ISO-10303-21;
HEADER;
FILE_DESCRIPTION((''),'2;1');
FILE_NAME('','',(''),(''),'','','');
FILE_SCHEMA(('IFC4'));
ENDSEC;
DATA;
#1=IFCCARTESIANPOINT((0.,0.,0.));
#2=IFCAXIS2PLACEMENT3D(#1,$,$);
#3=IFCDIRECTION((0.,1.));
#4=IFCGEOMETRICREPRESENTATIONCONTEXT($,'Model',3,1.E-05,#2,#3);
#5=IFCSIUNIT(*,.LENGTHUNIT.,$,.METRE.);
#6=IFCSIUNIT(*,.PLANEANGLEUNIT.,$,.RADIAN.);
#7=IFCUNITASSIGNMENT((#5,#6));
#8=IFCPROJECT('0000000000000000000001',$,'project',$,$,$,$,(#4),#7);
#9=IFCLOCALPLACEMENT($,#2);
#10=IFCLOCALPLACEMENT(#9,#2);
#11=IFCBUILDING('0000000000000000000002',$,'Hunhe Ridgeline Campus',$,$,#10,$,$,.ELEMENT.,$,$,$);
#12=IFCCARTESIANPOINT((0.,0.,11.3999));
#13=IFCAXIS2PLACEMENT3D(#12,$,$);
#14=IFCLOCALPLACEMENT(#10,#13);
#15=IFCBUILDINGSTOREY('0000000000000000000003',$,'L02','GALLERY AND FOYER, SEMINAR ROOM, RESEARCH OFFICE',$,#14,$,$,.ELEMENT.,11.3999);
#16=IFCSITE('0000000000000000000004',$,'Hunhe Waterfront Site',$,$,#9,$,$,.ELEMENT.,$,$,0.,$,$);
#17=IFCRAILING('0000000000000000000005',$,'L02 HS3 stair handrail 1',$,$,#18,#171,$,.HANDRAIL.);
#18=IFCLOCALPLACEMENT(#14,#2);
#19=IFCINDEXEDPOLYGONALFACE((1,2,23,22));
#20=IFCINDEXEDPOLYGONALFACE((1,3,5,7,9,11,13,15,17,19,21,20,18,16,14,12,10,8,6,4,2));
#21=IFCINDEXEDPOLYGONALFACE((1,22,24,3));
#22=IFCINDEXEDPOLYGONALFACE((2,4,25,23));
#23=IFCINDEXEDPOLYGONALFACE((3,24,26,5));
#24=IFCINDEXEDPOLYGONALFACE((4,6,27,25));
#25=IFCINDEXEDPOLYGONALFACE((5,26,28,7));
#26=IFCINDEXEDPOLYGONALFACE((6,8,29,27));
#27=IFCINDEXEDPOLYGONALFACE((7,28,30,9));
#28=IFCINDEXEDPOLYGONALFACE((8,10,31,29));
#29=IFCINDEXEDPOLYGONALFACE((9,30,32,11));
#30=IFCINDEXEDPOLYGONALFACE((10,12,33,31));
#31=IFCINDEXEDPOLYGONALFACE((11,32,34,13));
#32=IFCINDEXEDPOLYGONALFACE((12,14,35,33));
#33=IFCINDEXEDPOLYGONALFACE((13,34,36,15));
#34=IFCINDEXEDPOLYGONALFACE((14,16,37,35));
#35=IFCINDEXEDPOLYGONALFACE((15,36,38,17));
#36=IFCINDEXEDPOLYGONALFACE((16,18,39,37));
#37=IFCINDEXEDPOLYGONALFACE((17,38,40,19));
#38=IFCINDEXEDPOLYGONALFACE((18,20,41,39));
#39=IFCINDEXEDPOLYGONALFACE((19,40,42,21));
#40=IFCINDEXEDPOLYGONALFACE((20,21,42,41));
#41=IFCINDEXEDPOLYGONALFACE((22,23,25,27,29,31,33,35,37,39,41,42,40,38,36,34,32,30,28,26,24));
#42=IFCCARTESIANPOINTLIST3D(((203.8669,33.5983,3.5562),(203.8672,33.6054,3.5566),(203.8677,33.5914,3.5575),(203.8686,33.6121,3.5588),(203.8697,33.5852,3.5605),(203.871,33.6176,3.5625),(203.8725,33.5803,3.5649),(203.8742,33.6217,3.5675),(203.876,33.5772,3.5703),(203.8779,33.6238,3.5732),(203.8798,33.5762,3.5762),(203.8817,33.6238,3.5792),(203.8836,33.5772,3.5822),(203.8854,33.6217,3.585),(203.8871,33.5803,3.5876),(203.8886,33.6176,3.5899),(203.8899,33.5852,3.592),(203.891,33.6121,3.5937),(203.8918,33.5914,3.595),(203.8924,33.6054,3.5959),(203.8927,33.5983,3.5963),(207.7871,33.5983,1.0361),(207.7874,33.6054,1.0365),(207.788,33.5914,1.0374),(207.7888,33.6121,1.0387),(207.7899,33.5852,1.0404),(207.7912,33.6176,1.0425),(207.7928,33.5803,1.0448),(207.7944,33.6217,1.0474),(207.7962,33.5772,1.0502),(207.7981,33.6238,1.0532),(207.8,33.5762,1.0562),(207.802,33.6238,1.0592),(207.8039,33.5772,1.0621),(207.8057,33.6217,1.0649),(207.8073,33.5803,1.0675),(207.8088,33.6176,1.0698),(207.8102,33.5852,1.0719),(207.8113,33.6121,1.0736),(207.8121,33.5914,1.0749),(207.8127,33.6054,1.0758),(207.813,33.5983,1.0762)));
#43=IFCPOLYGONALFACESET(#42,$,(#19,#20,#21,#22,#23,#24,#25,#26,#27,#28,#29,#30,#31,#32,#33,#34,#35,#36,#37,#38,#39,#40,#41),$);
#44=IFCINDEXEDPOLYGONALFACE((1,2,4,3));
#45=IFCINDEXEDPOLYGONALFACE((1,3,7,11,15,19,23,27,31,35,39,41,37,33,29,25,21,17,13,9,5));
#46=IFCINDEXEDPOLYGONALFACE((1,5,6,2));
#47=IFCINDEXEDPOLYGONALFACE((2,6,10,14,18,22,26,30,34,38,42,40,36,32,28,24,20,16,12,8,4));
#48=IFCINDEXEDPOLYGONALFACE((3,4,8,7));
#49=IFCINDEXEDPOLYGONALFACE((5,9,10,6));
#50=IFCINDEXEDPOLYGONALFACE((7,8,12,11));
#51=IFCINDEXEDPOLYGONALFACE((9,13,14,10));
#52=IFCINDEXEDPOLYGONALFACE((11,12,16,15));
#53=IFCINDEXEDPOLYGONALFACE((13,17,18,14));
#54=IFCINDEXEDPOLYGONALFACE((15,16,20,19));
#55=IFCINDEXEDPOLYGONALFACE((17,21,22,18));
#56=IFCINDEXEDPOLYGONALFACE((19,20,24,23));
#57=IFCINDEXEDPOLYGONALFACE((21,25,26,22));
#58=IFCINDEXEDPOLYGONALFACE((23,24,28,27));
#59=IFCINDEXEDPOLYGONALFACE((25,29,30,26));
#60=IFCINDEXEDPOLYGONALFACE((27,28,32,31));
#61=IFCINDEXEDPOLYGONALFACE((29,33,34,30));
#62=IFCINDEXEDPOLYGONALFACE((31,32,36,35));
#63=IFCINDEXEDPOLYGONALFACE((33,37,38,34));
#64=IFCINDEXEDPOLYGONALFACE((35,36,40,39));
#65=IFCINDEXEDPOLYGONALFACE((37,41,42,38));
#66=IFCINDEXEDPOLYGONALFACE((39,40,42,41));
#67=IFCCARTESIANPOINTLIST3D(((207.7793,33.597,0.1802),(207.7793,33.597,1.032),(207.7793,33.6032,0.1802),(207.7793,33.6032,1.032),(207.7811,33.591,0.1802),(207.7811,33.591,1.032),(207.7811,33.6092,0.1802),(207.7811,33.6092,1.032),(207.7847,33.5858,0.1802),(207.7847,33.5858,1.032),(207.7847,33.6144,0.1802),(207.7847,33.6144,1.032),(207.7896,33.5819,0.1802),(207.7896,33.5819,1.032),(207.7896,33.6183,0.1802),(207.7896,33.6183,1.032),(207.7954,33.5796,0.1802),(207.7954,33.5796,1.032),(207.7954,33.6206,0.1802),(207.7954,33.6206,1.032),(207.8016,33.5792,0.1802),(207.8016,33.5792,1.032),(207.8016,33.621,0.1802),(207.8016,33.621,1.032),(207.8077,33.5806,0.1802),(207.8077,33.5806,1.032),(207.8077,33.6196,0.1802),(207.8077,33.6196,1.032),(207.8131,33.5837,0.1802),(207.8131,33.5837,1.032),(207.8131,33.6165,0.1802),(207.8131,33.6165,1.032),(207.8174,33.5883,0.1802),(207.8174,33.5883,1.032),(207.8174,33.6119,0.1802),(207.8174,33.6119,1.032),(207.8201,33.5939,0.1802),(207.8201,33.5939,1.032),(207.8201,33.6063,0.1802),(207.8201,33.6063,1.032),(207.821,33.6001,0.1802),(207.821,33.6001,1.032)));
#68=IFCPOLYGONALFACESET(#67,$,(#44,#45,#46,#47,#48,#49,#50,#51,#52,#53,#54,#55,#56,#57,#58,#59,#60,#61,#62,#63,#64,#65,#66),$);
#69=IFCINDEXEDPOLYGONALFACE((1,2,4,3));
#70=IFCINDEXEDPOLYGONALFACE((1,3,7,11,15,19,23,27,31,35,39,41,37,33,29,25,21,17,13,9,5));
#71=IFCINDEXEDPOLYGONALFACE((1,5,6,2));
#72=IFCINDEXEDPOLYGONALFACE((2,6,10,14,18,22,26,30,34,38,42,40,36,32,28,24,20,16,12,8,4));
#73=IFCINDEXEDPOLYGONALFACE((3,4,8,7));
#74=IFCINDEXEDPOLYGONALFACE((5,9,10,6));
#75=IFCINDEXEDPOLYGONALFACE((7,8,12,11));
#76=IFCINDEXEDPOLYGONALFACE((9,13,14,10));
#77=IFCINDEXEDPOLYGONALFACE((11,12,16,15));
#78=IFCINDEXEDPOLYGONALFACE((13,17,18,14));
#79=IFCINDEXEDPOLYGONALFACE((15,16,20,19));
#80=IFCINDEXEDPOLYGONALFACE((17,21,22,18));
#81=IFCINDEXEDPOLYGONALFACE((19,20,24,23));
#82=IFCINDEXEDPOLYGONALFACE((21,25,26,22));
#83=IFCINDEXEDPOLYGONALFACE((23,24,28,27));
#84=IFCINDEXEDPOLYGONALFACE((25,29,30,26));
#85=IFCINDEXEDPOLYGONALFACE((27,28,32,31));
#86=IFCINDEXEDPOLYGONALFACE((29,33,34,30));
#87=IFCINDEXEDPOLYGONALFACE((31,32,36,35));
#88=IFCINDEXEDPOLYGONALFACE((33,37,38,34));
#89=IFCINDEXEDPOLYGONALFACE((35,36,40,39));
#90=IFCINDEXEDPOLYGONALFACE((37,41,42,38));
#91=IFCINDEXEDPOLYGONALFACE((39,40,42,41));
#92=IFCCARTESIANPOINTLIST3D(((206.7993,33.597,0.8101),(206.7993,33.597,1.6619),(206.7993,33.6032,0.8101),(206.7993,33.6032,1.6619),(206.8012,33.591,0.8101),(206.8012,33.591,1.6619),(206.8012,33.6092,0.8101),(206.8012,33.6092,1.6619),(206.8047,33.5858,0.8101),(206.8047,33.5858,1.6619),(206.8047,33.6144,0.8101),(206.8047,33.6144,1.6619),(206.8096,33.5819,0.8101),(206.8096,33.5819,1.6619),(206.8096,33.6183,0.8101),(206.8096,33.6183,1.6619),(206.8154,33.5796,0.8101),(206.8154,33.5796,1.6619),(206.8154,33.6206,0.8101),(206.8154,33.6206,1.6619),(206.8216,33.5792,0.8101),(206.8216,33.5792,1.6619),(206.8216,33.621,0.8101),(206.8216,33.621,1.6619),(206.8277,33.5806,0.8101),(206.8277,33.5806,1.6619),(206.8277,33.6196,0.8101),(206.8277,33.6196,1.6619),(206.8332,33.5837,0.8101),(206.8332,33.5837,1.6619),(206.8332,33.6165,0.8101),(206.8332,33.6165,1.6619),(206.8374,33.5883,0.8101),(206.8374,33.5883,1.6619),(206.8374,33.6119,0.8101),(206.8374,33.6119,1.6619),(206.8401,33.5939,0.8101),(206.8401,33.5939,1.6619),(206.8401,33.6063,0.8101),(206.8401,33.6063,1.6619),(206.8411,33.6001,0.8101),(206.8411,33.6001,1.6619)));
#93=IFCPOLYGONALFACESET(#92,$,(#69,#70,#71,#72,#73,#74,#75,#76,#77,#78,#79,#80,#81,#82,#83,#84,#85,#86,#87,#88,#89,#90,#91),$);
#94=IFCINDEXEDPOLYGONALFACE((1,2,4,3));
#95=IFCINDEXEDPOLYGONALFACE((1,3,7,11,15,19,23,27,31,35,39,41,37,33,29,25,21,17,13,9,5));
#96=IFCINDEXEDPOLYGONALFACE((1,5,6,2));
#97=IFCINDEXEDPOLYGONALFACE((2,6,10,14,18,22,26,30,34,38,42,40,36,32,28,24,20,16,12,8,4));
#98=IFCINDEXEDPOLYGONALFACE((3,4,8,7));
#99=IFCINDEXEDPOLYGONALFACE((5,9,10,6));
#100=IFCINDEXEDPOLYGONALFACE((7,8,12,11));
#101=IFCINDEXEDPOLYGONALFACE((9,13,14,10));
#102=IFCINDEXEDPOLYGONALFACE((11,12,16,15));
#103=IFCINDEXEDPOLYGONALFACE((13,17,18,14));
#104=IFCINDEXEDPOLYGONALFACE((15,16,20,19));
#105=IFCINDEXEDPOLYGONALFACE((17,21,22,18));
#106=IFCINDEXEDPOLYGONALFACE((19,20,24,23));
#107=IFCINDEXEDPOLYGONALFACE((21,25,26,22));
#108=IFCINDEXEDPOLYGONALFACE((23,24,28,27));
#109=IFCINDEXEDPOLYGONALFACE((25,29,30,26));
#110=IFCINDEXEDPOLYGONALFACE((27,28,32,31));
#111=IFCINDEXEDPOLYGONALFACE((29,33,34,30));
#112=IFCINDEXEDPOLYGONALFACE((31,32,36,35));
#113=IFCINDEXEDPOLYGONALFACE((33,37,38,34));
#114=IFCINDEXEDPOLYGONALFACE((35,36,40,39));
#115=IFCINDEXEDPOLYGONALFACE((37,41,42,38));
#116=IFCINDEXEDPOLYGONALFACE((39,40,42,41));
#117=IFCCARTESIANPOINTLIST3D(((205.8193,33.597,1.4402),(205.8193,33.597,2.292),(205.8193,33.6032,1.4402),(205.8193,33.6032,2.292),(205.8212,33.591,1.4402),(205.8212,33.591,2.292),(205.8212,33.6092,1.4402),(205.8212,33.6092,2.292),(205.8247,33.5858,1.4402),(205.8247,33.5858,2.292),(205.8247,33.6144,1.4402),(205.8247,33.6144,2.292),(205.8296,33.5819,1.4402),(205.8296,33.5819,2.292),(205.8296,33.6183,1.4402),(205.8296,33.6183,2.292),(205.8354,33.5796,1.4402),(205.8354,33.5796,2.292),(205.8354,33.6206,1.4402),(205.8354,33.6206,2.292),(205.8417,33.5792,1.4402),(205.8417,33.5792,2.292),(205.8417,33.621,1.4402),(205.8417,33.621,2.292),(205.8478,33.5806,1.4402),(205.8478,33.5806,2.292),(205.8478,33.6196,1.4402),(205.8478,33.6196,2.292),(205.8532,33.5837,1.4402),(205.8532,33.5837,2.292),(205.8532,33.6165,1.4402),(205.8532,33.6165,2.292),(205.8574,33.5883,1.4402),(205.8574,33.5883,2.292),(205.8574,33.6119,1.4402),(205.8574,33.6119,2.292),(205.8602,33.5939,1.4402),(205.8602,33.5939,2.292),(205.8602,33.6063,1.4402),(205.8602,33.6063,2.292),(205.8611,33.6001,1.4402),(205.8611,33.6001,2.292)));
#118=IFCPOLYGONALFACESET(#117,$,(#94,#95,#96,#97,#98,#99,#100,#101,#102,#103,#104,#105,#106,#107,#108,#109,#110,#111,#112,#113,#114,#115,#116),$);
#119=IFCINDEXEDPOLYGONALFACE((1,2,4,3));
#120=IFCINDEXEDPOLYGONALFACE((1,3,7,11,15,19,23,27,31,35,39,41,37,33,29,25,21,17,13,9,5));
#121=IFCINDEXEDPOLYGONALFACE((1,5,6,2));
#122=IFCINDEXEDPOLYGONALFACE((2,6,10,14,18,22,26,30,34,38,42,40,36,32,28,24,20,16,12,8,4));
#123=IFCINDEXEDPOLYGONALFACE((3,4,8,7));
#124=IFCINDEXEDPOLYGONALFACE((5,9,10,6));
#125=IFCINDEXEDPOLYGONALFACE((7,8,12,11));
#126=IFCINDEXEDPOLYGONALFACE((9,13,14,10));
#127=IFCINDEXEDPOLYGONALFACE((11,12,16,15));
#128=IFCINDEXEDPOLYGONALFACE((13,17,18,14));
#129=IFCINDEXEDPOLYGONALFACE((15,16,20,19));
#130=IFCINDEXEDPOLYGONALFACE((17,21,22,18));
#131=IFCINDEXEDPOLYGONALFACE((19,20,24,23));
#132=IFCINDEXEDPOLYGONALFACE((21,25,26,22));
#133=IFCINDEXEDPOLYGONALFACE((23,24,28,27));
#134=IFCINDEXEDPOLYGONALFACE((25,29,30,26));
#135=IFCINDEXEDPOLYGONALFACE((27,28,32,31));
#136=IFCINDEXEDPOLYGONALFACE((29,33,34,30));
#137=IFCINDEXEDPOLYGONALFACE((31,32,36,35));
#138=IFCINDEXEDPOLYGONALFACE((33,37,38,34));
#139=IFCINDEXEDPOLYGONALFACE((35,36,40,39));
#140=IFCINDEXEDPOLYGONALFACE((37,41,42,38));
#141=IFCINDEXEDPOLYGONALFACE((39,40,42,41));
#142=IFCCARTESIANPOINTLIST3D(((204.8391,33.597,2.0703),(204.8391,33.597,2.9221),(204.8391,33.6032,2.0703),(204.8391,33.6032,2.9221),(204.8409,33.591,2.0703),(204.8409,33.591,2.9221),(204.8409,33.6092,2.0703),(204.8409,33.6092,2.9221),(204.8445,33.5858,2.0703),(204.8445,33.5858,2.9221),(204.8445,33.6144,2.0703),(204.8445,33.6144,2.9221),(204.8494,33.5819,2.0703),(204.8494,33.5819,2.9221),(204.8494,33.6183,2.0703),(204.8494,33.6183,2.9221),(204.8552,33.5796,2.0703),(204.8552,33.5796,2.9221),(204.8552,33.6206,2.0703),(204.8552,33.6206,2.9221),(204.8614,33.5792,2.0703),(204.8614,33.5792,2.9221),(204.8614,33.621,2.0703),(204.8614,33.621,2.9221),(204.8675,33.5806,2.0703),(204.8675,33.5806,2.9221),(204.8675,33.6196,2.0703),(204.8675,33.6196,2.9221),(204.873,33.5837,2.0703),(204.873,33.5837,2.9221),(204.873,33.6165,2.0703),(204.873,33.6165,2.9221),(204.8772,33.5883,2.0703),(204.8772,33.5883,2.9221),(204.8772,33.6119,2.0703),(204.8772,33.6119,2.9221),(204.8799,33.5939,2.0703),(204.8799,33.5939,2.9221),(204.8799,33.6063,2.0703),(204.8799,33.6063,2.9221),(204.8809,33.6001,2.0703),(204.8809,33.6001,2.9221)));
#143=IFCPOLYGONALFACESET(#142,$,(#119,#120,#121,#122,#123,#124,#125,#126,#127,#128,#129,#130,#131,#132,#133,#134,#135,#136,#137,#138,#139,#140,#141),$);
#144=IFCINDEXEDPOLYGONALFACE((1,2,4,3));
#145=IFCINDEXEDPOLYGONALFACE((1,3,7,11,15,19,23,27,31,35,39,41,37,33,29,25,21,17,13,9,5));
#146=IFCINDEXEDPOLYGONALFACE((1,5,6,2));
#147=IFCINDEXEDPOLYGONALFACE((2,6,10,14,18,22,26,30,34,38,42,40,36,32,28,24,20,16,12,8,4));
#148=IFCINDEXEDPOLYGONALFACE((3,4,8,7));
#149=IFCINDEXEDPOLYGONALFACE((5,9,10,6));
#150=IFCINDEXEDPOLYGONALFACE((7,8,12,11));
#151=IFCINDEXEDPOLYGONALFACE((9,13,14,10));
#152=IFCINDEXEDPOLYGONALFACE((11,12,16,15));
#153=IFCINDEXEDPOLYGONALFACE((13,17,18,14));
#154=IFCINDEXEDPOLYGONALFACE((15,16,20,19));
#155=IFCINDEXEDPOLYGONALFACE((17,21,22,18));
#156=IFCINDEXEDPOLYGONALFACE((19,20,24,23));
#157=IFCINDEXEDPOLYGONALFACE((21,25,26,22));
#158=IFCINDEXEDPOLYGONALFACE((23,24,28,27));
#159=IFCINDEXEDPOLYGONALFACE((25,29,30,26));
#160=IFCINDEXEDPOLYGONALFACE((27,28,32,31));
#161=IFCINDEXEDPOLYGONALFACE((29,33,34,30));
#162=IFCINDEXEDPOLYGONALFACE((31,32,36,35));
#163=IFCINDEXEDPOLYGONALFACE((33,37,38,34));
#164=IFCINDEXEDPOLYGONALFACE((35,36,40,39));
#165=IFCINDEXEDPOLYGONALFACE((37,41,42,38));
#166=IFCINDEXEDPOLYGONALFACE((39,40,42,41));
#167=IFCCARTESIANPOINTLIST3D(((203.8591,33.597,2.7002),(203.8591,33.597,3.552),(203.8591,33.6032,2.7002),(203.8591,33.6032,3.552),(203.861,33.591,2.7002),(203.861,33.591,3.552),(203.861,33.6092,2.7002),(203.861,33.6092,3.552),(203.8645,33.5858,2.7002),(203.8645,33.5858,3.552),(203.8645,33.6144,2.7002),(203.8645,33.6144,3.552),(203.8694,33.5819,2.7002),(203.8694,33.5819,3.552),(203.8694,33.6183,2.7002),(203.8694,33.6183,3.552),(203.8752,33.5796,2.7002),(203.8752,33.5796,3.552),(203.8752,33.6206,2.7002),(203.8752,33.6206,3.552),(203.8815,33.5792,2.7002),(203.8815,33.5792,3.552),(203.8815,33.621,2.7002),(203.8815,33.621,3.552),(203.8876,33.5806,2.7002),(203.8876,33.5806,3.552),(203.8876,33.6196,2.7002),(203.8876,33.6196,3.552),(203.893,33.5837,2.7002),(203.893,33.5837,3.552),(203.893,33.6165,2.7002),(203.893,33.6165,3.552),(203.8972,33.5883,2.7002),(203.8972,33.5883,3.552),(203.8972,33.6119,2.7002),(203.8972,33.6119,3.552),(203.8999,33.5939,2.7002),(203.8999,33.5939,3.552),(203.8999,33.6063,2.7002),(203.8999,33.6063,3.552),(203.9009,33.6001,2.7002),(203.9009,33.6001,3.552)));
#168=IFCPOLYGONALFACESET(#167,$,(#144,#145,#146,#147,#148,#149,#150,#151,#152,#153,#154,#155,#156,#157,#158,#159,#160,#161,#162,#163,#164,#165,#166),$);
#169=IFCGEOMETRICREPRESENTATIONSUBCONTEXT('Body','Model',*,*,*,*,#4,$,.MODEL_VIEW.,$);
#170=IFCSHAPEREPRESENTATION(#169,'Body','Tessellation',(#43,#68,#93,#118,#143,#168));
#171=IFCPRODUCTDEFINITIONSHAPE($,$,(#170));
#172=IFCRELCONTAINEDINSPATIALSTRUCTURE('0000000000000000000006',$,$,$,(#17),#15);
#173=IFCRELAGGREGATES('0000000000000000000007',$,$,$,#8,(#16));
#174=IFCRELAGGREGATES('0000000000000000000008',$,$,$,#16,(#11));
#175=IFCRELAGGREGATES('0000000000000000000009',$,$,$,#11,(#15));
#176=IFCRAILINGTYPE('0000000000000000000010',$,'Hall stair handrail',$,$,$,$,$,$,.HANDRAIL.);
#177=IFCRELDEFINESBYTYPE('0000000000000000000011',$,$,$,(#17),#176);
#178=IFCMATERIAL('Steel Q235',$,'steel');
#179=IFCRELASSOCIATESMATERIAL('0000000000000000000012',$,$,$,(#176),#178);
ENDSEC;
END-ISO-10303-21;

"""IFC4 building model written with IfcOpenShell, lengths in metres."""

from ifc_helpers import new_model, si_unit, direction, frame, origin, origin_2d, place, context, subcontext, project, spatial, circle, extrude, material, type_object, element, save


model = new_model("IFC4")

# Units and contexts
model_context = context("Model", 3, precision=1e-05, world=origin(), true_north=direction((0.0, 1.0)))
body_context = subcontext(model_context, "Body", "Model", "MODEL_VIEW")
ifc_project = project(units=[si_unit("LENGTHUNIT", "METRE"), si_unit("PLANEANGLEUNIT", "RADIAN")], contexts=[model_context])

# Site, building, storey
site_placement = place(None, origin())
site = spatial("IfcSite", under=ifc_project, at=site_placement, Name="Hunhe Waterfront Site", CompositionType="ELEMENT", RefElevation=0.0)
building_placement = place(site_placement, origin())
building = spatial("IfcBuilding", under=site, at=building_placement, Name="Hunhe Ridgeline Campus", CompositionType="ELEMENT")
storey_placement = place(building_placement, frame((0.0, 0.0, 11.3999)))
storey = spatial("IfcBuildingStorey", under=building, at=storey_placement, Name="L02", Description="GALLERY AND FOYER, SEMINAR ROOM, RESEARCH OFFICE", CompositionType="ELEMENT", Elevation=11.3999)

# Shared definitions
ifc_material_1 = material(Name="Steel Q235", Category="steel")

# Railing
railing_type_1 = type_object("IfcRailingType", Name="Hall stair handrail", PredefinedType="HANDRAIL", material=ifc_material_1)
railing_1_placement = place(storey_placement, frame((207.8, 33.6001, 0.1802)))
element("IfcRailing", 1, at=railing_1_placement, inside=storey, type_object=railing_type_1, Name="L02 HS3 stair handrail 1", PredefinedType="HANDRAIL", context=body_context, shape_type="SweptSolid", body=[
    extrude(circle(Radius=0.0239, at=origin_2d()), frame((0.0, 0.0, 0.876), z_axis=(-0.841187, 0.0, 0.540744), x_axis=(0.0, -1.0, 0.0)), (0.0, 0.0, 1.0), 4.6604),
    extrude(circle(Radius=0.021, at=origin_2d()), origin(), (0.0, 0.0, 1.0), 0.8518),
    extrude(circle(Radius=0.021, at=origin_2d()), frame((-0.98, 0.0, 0.6299)), (0.0, 0.0, 1.0), 0.8518),
    extrude(circle(Radius=0.021, at=origin_2d()), frame((-1.96, 0.0, 1.26)), (0.0, 0.0, 1.0), 0.8518),
    extrude(circle(Radius=0.021, at=origin_2d()), frame((-2.9402, 0.0, 1.8901)), (0.0, 0.0, 1.0), 0.8518),
    extrude(circle(Radius=0.021, at=origin_2d()), frame((-3.9202, 0.0, 2.52)), (0.0, 0.0, 1.0), 0.8518),
])

save(model, "model.ifc")
